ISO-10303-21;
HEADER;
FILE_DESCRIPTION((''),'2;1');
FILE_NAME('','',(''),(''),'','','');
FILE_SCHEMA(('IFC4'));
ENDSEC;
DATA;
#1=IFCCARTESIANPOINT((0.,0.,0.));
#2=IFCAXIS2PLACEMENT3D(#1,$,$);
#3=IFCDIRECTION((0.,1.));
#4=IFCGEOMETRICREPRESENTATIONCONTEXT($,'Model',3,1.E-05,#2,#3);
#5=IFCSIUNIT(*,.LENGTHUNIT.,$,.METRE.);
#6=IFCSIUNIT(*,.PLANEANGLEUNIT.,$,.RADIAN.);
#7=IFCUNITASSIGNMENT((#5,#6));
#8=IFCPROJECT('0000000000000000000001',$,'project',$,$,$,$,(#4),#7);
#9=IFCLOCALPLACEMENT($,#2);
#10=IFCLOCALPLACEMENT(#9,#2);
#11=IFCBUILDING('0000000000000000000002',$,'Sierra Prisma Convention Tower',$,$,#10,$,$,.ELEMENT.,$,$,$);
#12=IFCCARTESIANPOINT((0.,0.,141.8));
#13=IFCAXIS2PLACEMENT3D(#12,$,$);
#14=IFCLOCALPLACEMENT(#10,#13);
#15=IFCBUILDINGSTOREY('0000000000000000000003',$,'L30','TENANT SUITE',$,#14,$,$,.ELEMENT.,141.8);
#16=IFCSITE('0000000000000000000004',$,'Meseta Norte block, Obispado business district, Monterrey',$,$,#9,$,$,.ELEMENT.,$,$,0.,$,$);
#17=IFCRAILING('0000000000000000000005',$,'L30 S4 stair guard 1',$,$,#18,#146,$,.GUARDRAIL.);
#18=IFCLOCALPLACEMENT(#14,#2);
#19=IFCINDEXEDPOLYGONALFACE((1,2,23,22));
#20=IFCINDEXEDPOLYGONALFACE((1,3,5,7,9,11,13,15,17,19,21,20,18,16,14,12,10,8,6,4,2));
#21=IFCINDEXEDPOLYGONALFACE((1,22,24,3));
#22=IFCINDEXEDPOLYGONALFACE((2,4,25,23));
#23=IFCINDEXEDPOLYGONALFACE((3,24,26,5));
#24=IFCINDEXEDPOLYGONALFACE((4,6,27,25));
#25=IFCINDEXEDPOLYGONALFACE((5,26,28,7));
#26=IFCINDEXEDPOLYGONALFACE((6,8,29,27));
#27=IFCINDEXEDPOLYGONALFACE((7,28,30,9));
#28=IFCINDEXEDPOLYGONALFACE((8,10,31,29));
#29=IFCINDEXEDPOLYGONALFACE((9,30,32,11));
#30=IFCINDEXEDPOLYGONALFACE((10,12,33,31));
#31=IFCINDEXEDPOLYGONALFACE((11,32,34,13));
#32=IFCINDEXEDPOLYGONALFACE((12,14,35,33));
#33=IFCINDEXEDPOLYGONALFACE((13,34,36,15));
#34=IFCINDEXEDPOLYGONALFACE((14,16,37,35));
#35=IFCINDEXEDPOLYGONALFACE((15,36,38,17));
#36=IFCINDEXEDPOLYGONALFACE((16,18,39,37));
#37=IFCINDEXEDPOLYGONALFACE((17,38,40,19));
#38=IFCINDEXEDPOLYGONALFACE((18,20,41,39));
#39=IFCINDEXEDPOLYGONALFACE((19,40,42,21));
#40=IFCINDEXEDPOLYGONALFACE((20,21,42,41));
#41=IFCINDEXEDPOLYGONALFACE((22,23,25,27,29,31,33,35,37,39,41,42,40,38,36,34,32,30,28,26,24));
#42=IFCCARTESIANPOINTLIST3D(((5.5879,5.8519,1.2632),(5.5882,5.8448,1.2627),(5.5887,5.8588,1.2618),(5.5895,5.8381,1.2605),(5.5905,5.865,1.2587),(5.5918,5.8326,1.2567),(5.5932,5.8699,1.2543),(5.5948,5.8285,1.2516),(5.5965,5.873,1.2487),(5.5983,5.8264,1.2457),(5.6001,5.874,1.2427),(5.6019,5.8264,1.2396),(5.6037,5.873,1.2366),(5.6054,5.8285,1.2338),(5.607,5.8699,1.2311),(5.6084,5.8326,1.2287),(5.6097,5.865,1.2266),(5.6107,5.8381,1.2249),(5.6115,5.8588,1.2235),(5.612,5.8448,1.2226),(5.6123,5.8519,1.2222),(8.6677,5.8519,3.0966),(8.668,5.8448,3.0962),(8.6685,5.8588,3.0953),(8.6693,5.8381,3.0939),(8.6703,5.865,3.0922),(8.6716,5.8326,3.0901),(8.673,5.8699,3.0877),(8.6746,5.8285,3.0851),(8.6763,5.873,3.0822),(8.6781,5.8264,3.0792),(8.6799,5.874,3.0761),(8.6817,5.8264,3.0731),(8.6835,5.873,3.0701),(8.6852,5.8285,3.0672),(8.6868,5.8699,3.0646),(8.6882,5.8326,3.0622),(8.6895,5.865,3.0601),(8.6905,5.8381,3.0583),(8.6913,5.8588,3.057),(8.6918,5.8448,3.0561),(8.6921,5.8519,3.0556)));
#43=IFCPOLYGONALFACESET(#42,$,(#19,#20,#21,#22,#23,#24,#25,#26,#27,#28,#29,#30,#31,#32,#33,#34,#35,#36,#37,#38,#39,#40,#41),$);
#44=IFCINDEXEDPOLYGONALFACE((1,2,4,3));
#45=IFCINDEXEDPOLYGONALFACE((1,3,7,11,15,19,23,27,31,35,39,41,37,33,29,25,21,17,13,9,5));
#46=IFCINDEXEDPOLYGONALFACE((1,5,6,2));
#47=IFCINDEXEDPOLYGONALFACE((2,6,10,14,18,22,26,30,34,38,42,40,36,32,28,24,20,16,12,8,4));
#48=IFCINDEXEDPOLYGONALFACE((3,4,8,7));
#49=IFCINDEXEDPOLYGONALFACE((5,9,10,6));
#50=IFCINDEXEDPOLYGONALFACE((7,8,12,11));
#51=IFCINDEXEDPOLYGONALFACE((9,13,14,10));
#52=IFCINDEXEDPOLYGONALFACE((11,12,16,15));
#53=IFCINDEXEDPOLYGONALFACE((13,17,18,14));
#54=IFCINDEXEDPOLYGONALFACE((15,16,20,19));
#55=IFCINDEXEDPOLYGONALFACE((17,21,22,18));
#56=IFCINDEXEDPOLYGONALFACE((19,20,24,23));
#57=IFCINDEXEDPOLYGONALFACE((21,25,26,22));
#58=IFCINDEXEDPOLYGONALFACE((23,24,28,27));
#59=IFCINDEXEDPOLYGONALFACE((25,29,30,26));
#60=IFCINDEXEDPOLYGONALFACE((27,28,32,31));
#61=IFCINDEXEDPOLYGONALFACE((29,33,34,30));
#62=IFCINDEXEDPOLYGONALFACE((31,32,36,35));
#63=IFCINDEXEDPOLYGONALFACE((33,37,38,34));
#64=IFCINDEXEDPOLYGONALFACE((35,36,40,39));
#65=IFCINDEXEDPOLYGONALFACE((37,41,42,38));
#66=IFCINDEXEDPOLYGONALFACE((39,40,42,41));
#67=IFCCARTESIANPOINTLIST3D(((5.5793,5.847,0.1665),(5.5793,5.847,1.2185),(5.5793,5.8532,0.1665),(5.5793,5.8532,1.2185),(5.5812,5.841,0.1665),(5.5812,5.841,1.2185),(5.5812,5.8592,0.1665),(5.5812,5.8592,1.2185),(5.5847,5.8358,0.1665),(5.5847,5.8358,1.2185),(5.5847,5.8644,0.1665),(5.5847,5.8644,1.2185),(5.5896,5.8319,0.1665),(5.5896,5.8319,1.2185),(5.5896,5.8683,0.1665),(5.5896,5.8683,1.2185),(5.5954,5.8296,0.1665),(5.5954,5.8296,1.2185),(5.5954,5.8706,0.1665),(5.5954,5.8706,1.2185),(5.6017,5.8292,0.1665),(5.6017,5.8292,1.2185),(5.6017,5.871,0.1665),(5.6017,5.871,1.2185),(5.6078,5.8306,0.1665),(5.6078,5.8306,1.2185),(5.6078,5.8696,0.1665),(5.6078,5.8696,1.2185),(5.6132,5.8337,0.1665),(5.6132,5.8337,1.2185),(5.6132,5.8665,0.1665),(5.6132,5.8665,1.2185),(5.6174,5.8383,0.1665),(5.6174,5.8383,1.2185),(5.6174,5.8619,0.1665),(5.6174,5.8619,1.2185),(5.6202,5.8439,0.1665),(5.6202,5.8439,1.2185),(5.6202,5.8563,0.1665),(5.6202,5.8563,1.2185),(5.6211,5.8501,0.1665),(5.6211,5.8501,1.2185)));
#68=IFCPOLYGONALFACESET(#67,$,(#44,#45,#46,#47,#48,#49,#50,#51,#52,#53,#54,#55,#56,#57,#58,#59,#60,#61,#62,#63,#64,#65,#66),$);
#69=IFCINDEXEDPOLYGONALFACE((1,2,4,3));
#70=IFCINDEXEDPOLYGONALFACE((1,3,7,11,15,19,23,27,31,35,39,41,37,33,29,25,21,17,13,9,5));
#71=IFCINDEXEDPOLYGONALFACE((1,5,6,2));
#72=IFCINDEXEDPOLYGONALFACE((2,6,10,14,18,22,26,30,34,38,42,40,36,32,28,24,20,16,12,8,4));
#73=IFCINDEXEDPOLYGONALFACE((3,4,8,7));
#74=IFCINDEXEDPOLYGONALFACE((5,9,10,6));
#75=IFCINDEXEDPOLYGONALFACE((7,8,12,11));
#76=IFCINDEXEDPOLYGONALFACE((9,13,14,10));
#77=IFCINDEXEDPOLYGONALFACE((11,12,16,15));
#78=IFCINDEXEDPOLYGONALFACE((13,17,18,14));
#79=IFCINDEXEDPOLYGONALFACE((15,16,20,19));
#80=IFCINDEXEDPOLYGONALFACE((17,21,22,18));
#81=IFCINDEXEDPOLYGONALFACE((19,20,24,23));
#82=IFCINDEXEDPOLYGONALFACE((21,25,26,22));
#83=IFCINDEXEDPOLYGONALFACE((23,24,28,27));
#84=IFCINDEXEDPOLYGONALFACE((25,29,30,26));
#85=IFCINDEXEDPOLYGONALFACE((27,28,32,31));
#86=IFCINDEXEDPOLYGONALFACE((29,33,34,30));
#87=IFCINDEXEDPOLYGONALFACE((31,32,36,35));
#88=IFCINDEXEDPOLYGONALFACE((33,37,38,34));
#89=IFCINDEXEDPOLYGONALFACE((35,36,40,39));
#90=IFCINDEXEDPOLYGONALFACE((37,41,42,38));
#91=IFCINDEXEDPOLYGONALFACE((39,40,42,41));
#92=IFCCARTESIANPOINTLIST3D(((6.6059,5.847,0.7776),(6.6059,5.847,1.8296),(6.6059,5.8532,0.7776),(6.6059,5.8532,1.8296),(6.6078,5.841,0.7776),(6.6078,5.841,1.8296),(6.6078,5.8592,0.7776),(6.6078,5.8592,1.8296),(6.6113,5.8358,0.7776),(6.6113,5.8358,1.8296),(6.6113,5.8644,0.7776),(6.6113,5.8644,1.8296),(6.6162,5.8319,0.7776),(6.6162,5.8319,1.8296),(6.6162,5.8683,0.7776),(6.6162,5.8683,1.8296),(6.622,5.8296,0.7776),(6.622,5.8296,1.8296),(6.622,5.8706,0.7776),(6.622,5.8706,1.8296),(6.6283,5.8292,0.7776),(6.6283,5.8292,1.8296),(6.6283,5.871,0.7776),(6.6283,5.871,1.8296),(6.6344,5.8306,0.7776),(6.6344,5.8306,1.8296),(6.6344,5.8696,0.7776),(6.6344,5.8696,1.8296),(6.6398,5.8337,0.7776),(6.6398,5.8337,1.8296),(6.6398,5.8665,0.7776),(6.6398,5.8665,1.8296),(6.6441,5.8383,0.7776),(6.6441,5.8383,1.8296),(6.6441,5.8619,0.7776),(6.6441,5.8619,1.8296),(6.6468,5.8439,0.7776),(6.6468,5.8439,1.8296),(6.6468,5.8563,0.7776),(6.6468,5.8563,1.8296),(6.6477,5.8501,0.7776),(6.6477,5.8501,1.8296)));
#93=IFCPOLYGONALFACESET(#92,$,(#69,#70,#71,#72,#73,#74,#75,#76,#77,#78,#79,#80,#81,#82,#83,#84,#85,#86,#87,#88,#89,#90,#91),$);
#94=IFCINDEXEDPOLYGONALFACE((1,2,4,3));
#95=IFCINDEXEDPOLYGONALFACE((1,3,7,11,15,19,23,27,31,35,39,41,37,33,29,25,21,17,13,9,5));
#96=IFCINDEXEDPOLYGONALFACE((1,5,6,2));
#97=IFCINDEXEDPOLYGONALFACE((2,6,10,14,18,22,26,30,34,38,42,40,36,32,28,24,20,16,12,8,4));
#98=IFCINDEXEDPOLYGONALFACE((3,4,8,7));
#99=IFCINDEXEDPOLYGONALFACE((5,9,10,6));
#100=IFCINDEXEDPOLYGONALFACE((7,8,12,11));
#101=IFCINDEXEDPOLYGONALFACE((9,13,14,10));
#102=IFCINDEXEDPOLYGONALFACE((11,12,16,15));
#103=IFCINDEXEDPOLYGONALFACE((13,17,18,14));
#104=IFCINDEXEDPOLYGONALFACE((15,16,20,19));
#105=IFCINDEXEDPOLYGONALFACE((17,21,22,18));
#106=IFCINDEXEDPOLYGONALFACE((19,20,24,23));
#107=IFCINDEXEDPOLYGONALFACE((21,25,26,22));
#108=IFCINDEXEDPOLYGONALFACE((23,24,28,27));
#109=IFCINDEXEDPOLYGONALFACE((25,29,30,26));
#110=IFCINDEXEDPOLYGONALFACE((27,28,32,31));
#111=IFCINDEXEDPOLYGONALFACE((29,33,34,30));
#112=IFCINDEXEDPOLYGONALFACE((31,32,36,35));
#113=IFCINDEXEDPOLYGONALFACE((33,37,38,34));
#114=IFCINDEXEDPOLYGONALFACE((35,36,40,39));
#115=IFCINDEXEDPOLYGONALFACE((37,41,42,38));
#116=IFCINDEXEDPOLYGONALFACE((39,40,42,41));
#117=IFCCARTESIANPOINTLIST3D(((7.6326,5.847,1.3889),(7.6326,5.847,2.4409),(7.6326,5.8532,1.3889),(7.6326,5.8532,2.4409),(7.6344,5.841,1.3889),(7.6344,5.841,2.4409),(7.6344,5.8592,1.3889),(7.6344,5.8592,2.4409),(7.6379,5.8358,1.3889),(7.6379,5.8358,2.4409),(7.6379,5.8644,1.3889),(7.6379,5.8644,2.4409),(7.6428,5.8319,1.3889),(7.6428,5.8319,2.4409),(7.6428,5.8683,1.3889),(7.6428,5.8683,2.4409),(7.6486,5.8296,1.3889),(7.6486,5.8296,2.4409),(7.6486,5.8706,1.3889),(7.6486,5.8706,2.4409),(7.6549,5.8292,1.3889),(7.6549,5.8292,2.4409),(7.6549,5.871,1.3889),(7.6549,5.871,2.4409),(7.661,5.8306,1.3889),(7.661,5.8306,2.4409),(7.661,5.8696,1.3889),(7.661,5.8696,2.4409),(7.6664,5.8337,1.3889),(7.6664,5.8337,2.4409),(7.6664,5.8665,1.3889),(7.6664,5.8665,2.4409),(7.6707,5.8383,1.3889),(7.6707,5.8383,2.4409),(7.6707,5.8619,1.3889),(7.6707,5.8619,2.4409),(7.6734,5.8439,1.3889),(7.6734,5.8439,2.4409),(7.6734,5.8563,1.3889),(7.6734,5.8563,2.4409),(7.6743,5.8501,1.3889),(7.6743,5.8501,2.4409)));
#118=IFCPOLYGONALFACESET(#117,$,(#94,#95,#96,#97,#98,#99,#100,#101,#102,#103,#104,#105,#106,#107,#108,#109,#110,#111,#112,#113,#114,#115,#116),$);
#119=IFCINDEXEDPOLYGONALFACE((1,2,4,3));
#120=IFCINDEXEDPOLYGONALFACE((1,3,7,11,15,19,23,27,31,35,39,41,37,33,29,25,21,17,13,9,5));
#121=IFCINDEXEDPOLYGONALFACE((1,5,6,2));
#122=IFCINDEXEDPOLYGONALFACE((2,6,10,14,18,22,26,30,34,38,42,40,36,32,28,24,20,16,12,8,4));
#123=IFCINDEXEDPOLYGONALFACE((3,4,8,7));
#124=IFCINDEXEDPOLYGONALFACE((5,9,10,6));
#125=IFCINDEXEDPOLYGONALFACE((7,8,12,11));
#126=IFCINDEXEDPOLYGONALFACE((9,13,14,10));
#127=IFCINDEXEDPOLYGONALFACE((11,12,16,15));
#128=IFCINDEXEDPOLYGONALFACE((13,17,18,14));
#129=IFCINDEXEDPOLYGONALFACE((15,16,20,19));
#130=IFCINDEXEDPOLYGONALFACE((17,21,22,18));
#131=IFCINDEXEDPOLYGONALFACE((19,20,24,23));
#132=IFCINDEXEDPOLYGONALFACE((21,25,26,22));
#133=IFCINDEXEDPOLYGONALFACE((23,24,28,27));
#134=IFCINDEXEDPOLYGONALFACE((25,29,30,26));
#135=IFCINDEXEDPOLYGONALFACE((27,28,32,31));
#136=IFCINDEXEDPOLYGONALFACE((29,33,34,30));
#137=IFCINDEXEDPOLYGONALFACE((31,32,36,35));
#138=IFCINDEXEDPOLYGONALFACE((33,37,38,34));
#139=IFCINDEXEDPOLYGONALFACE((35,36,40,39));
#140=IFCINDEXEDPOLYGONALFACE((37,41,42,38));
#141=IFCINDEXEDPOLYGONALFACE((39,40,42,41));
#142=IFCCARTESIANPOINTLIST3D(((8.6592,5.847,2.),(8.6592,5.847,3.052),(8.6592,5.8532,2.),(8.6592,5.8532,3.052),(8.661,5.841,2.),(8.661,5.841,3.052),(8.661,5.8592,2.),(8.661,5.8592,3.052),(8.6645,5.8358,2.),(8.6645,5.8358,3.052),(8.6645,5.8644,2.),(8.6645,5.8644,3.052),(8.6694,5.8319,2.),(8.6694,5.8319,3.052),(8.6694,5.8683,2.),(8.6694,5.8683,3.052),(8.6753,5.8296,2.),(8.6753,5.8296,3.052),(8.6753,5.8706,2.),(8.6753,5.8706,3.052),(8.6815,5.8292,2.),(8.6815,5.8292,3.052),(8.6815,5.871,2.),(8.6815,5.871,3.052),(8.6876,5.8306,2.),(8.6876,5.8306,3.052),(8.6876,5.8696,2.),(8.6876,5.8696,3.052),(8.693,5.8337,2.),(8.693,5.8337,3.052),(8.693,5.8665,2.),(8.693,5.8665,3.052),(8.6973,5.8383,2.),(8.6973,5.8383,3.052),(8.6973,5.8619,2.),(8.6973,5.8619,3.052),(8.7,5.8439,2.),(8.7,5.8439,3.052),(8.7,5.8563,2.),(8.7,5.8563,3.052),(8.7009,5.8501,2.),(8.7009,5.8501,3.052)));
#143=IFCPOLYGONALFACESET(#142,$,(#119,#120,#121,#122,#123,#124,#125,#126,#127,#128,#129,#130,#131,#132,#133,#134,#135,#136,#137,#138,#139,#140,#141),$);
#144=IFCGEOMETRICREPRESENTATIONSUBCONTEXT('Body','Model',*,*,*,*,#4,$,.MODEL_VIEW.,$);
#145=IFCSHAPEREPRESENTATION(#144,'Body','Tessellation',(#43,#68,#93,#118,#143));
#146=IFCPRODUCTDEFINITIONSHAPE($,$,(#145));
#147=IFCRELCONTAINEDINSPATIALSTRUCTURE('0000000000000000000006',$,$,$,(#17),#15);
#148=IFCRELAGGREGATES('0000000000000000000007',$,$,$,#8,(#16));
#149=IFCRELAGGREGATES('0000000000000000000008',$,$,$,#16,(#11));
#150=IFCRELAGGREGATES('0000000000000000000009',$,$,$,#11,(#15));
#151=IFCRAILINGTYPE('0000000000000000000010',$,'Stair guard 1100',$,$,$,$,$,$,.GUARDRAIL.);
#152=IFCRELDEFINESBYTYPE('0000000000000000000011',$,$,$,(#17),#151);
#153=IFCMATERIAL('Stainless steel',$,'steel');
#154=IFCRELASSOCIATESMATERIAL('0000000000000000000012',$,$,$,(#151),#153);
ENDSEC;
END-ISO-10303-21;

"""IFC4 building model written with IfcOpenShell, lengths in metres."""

from ifc_helpers import new_model, si_unit, direction, frame, origin, origin_2d, place, context, subcontext, project, spatial, circle, extrude, material, type_object, element, save


model = new_model("IFC4")

# Units and contexts
model_context = context("Model", 3, precision=1e-05, world=origin(), true_north=direction((0.0, 1.0)))
body_context = subcontext(model_context, "Body", "Model", "MODEL_VIEW")
ifc_project = project(units=[si_unit("LENGTHUNIT", "METRE"), si_unit("PLANEANGLEUNIT", "RADIAN")], contexts=[model_context])

# Site, building, storey
site_placement = place(None, origin())
site = spatial("IfcSite", under=ifc_project, at=site_placement, Name="Meseta Norte block, Obispado business district, Monterrey", CompositionType="ELEMENT", RefElevation=0.0)
building_placement = place(site_placement, origin())
building = spatial("IfcBuilding", under=site, at=building_placement, Name="Sierra Prisma Convention Tower", CompositionType="ELEMENT")
storey_placement = place(building_placement, frame((0.0, 0.0, 141.8)))
storey = spatial("IfcBuildingStorey", under=building, at=storey_placement, Name="L30", Description="TENANT SUITE", CompositionType="ELEMENT", Elevation=141.8)

# Railing
ifc_material_1 = material(Name="Stainless steel", Category="steel")
railing_type_1 = type_object("IfcRailingType", Name="Stair guard 1100", PredefinedType="GUARDRAIL", material=ifc_material_1)
railing_1_placement = place(storey_placement, frame((5.6001, 5.8501, 0.1665)))
element("IfcRailing", 1, at=railing_1_placement, inside=storey, type_object=railing_type_1, Name="L30 S4 stair guard 1", PredefinedType="GUARDRAIL", context=body_context, shape_type="SweptSolid", body=[
    extrude(circle(Radius=0.0239, at=origin_2d()), frame((0.0, 0.0, 1.0762), z_axis=(0.859261, 0.0, 0.511538), x_axis=(0.0, 1.0, 0.0)), (0.0, 0.0, 1.0), 3.5842),
    extrude(circle(Radius=0.021, at=origin_2d()), origin(), (0.0, 0.0, 1.0), 1.052),
    extrude(circle(Radius=0.021, at=origin_2d()), frame((1.0266, 0.0, 0.6111)), (0.0, 0.0, 1.0), 1.052),
    extrude(circle(Radius=0.021, at=origin_2d()), frame((2.0532, 0.0, 1.2224)), (0.0, 0.0, 1.0), 1.052),
    extrude(circle(Radius=0.021, at=origin_2d()), frame((3.0798, 0.0, 1.8335)), (0.0, 0.0, 1.0), 1.052),
])

save(model, "model.ifc")
